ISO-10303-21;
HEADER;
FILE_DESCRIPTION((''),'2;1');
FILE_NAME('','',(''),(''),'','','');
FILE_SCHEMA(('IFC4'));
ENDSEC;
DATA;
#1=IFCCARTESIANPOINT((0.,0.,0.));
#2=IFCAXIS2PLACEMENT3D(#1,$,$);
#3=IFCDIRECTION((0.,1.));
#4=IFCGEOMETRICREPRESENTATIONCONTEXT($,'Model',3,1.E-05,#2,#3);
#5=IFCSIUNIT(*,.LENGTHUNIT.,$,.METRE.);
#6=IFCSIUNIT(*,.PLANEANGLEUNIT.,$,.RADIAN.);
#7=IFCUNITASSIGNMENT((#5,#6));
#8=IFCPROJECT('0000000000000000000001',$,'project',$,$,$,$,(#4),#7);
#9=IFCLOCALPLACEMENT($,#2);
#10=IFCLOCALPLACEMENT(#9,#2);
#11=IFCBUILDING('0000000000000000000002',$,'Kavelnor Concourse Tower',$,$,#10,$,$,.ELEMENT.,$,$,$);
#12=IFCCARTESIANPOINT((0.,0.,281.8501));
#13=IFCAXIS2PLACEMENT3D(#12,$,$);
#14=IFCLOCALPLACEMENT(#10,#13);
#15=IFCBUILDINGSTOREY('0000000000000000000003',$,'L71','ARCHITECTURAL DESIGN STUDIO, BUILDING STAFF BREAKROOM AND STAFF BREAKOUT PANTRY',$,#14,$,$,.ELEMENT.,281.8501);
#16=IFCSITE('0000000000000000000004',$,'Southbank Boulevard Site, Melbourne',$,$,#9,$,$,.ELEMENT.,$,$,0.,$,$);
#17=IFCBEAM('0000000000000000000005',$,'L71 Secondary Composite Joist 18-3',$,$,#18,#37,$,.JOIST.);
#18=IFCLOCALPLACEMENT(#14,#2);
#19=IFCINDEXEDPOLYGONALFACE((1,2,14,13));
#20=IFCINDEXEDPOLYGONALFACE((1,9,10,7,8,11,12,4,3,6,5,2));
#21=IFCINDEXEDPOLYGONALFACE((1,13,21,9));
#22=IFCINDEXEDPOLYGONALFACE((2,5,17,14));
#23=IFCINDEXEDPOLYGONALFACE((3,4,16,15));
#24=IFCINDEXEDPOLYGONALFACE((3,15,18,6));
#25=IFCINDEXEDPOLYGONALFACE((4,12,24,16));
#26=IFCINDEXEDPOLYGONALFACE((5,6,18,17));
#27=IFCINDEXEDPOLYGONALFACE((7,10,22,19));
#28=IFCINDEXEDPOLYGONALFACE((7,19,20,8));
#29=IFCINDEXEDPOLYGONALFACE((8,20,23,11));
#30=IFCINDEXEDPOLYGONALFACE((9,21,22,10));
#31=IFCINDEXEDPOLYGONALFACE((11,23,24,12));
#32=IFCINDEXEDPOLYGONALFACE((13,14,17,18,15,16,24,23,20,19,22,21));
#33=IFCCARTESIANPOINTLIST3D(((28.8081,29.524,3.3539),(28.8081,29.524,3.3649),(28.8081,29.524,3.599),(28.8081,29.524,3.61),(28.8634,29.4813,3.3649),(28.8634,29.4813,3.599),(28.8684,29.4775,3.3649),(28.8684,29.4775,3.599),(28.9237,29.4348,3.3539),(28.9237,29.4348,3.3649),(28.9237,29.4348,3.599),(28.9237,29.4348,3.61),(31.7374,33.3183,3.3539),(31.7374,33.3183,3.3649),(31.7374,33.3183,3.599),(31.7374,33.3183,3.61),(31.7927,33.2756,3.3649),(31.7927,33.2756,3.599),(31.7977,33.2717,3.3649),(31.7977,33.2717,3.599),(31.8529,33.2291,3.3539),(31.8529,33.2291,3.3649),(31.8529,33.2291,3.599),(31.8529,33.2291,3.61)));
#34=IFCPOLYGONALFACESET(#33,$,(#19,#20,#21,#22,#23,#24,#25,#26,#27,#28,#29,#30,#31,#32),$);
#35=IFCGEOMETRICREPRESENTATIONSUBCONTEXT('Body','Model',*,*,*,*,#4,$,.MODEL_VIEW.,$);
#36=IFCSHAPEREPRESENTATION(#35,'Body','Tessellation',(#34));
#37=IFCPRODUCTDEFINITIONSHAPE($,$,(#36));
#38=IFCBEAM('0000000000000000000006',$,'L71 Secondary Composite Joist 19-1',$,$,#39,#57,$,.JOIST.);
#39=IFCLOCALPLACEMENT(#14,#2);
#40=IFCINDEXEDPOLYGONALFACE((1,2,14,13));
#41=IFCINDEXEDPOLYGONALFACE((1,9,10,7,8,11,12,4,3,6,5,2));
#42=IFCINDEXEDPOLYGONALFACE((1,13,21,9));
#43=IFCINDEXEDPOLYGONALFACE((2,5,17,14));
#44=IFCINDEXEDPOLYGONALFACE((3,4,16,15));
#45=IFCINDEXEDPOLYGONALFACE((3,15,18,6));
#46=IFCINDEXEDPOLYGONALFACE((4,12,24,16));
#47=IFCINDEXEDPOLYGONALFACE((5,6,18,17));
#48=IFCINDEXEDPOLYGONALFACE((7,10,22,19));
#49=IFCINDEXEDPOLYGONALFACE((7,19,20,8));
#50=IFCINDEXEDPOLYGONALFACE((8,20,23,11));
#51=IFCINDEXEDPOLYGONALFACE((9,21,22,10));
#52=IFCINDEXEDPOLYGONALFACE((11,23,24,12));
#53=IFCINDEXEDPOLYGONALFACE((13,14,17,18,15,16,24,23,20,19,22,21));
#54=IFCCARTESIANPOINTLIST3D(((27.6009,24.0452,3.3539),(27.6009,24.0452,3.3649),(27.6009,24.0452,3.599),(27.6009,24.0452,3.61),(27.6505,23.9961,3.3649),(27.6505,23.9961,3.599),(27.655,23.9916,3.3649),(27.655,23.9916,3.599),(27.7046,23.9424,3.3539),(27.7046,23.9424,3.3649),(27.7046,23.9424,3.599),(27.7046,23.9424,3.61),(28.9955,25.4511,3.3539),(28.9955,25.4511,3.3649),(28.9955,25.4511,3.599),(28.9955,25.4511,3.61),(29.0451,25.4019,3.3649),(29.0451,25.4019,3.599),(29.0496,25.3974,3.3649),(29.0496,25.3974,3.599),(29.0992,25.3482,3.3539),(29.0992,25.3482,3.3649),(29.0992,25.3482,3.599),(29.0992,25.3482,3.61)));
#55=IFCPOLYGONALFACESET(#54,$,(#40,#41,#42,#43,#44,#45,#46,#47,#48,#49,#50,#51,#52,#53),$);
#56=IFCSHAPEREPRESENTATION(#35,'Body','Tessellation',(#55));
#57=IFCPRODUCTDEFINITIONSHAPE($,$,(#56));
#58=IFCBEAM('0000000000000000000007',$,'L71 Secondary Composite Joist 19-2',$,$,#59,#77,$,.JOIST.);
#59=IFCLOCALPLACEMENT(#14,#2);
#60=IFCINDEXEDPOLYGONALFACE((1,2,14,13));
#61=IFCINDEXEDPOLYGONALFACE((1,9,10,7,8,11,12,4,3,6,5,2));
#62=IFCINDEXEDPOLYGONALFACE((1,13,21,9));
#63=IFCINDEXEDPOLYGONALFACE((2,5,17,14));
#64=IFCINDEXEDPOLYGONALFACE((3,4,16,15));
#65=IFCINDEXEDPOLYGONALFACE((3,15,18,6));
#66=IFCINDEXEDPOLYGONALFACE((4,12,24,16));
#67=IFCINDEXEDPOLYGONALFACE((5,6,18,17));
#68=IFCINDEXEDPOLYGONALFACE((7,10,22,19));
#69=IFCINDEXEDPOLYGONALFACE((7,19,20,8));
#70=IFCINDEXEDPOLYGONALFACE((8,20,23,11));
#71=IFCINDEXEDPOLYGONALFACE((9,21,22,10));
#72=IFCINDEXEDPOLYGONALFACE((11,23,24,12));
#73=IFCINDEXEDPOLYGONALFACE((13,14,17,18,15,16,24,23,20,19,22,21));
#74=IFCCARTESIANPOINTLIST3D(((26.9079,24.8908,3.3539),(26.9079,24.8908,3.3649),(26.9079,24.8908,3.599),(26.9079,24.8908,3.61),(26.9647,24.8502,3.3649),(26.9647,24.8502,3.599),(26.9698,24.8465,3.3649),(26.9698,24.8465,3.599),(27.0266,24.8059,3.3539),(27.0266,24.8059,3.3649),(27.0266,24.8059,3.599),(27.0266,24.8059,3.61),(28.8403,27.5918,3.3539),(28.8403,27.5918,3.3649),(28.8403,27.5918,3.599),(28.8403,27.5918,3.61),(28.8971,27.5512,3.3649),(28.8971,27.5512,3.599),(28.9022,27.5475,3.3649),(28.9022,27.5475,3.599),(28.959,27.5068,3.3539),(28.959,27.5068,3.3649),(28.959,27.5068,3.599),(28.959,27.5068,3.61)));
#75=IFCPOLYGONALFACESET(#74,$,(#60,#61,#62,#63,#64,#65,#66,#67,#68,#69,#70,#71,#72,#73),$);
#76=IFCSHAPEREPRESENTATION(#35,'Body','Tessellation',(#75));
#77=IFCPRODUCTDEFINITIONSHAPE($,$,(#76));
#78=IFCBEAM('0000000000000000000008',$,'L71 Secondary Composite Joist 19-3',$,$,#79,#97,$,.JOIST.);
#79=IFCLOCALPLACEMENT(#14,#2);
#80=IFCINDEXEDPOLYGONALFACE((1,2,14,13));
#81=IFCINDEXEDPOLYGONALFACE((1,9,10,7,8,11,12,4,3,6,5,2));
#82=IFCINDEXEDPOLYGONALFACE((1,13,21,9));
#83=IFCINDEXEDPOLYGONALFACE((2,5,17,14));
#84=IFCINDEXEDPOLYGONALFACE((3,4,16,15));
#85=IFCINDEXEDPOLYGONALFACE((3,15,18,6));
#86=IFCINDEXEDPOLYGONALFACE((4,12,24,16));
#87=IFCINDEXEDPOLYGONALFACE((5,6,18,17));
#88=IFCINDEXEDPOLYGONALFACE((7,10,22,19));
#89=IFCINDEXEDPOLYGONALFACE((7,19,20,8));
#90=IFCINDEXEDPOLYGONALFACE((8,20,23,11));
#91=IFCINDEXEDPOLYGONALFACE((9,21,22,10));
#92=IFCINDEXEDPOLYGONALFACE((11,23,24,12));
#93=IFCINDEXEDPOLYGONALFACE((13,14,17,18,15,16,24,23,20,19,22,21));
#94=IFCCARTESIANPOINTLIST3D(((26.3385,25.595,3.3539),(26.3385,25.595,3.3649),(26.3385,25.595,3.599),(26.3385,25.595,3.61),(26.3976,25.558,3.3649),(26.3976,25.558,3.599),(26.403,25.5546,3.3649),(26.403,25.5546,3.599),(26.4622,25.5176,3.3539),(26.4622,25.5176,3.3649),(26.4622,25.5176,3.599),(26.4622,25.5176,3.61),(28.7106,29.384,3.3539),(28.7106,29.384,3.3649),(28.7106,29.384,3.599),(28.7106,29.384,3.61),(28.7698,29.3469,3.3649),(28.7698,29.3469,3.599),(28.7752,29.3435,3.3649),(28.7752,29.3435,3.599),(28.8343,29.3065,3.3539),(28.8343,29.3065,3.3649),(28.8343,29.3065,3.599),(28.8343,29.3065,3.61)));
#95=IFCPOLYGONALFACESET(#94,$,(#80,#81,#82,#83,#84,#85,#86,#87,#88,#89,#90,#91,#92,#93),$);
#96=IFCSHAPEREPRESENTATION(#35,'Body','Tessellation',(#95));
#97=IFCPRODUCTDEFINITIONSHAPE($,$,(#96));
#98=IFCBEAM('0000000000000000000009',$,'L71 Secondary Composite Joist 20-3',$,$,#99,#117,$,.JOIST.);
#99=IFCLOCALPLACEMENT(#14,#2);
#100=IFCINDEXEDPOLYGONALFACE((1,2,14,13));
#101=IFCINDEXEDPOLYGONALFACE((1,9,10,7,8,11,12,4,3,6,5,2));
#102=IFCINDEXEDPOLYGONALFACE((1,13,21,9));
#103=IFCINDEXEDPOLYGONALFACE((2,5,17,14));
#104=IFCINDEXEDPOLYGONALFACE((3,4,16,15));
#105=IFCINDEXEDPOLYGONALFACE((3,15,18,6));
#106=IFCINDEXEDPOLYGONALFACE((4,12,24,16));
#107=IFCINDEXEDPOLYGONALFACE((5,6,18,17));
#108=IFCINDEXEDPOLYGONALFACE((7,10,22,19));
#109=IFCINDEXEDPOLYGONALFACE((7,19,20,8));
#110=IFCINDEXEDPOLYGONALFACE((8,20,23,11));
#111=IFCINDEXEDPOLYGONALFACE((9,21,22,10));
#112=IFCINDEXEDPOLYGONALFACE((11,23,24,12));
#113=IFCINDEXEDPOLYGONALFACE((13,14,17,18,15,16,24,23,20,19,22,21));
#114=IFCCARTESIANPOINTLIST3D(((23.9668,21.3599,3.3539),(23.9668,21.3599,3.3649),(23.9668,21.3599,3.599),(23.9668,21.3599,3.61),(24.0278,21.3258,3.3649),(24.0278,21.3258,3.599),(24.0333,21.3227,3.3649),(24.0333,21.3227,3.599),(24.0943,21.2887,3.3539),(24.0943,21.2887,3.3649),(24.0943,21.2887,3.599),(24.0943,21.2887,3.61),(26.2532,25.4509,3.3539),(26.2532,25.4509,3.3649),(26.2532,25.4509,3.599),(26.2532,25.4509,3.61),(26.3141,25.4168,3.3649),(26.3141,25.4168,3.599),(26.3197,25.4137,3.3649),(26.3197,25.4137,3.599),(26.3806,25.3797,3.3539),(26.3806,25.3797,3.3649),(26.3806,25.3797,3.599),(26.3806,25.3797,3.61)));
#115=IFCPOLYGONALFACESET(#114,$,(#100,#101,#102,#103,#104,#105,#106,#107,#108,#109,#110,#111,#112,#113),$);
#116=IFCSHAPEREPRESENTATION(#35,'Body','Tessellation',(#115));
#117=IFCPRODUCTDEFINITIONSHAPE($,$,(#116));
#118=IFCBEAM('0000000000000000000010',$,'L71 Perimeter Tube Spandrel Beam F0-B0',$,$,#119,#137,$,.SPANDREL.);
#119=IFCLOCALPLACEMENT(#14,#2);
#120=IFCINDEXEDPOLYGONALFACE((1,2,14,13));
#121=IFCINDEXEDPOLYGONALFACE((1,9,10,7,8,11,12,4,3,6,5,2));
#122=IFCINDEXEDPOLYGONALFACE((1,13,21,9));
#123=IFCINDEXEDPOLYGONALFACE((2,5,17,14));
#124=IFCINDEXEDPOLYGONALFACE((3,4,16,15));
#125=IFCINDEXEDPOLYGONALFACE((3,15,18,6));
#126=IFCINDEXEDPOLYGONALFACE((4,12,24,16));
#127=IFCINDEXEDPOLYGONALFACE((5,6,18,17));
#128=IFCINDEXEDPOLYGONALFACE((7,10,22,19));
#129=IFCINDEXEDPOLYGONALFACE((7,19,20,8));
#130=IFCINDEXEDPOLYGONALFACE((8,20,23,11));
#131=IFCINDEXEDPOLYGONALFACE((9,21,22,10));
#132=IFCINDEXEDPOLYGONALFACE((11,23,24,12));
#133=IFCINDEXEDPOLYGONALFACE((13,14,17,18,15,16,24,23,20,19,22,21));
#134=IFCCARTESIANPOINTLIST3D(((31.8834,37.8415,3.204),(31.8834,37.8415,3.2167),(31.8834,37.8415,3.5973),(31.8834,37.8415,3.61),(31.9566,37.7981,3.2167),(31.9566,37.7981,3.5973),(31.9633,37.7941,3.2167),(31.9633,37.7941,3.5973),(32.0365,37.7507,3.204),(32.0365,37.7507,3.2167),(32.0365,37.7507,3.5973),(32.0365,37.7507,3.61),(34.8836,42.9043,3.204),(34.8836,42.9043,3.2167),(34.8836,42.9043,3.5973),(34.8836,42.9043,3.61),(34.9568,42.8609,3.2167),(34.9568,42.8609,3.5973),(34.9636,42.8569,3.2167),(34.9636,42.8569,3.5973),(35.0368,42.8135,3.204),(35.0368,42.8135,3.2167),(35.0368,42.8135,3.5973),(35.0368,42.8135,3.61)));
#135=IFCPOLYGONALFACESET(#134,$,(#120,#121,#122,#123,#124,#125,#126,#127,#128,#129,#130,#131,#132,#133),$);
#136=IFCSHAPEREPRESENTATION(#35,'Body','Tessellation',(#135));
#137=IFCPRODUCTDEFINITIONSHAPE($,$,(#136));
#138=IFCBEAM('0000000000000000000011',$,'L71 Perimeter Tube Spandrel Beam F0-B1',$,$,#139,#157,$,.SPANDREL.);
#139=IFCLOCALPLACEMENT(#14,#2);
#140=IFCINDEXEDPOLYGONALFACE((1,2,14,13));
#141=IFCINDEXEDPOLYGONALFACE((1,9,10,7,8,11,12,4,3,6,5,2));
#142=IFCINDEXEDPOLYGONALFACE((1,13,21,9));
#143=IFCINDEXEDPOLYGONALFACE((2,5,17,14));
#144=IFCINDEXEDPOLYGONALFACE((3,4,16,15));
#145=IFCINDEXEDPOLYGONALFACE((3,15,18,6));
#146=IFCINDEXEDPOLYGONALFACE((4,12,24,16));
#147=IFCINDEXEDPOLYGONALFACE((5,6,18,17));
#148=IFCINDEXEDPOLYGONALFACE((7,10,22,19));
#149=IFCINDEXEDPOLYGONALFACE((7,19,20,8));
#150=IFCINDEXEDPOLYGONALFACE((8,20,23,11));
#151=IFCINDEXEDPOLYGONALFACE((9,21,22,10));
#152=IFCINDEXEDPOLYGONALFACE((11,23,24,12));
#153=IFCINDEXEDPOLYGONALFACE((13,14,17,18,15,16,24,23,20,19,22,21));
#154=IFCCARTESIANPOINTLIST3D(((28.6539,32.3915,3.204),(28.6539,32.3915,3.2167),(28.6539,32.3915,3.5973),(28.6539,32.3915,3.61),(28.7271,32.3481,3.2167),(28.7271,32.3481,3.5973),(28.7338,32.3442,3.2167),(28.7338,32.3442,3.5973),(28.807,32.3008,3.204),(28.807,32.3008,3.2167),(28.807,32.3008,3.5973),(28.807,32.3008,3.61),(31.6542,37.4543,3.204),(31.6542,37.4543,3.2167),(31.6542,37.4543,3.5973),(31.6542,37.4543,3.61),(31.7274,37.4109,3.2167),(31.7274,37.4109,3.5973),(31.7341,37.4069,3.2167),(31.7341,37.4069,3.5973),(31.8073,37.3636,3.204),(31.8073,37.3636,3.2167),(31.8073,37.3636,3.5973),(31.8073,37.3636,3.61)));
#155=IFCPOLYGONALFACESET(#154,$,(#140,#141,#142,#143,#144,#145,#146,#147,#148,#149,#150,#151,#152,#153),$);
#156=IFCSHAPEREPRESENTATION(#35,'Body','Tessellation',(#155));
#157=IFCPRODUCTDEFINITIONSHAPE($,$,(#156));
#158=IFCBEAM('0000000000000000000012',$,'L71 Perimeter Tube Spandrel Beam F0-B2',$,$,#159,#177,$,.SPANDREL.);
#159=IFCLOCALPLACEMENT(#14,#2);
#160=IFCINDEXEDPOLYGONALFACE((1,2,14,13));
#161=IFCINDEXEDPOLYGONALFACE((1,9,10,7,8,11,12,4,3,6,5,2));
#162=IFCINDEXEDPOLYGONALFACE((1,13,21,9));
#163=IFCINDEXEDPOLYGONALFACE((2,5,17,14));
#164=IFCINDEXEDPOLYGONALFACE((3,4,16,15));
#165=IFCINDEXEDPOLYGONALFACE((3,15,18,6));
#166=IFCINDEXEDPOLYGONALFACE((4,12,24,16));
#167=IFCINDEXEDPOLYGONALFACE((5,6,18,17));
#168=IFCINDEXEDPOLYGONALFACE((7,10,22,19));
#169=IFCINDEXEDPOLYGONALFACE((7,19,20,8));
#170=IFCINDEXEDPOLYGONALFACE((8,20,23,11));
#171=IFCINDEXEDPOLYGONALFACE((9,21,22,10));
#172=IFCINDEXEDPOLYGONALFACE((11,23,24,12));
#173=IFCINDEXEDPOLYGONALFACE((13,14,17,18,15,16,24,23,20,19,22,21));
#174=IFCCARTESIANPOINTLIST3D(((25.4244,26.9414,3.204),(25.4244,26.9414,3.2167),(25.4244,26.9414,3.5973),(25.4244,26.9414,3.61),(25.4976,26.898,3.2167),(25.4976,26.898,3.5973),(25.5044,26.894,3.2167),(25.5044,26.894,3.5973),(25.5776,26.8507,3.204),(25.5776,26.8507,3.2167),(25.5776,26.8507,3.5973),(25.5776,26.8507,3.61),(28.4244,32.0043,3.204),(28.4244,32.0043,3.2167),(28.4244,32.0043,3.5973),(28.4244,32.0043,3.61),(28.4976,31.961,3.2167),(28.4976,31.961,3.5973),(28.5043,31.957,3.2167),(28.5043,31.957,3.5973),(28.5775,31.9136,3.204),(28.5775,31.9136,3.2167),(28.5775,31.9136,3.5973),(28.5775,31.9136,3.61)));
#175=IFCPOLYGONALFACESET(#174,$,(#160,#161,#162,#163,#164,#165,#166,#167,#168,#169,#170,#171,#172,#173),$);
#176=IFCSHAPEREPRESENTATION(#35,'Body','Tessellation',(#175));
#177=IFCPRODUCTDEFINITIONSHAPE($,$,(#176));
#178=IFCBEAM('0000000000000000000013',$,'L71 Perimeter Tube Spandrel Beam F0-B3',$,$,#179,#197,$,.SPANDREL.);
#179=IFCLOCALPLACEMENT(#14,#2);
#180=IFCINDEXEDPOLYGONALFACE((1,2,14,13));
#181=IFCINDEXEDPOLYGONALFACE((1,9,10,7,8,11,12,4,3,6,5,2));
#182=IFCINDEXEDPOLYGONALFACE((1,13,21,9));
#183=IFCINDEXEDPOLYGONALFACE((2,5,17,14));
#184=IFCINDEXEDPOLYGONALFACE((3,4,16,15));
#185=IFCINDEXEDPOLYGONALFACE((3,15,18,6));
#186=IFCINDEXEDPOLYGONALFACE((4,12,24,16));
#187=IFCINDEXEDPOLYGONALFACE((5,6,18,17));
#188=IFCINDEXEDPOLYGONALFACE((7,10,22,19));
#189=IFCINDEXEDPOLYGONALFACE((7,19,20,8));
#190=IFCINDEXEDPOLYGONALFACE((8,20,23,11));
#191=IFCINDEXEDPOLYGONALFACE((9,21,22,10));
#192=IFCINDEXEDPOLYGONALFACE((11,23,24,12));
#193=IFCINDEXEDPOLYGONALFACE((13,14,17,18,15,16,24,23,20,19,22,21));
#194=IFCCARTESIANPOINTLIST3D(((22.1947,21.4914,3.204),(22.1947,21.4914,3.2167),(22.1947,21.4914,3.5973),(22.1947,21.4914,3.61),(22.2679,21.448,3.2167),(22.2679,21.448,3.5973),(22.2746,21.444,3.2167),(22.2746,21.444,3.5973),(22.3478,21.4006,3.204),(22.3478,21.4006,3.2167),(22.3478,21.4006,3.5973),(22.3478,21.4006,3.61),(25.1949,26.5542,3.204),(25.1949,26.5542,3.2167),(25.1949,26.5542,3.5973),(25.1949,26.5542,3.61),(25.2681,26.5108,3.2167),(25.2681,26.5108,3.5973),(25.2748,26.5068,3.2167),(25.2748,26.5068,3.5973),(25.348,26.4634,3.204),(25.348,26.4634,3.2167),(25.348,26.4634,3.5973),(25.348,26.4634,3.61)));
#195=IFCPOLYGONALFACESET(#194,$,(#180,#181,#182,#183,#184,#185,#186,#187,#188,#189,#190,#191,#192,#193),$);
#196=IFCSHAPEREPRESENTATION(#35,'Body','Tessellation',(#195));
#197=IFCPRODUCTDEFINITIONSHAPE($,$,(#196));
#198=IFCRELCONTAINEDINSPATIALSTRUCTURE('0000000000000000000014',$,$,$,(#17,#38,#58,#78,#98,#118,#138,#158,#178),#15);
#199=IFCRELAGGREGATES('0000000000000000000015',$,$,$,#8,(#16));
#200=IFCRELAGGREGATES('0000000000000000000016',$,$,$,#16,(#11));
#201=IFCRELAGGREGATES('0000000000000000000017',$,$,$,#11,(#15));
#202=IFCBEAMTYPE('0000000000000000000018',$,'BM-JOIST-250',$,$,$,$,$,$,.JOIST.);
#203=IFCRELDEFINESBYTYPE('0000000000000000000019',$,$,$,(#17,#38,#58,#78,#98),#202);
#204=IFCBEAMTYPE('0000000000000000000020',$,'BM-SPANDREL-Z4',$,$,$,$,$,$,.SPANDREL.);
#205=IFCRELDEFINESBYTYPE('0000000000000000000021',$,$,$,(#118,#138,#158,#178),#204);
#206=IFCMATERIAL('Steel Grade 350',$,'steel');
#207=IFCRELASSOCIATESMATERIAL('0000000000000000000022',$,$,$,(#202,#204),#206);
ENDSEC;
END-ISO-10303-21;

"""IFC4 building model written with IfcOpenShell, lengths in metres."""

from ifc_helpers import new_model, si_unit, direction, frame, origin, origin_2d, place, context, subcontext, project, spatial, i_section, extrude, material, material_profile, profile_set, type_object, element, save


model = new_model("IFC4")

# Units and contexts
model_context = context("Model", 3, precision=1e-05, world=origin(), true_north=direction((0.0, 1.0)))
body_context = subcontext(model_context, "Body", "Model", "MODEL_VIEW")
ifc_project = project(units=[si_unit("LENGTHUNIT", "METRE"), si_unit("PLANEANGLEUNIT", "RADIAN")], contexts=[model_context])

# Site, building, storey
site_placement = place(None, origin())
site = spatial("IfcSite", under=ifc_project, at=site_placement, Name="Southbank Boulevard Site, Melbourne", CompositionType="ELEMENT", RefElevation=0.0)
building_placement = place(site_placement, origin())
building = spatial("IfcBuilding", under=site, at=building_placement, Name="Kavelnor Concourse Tower", CompositionType="ELEMENT")
storey_placement = place(building_placement, frame((0.0, 0.0, 281.8501)))
storey = spatial("IfcBuildingStorey", under=building, at=storey_placement, Name="L71", Description="ARCHITECTURAL DESIGN STUDIO, BUILDING STAFF BREAKROOM AND STAFF BREAKOUT PANTRY", CompositionType="ELEMENT", Elevation=281.8501)

# Shared definitions
ifc_material_1 = material(Name="Steel Grade 350", Category="steel")

# Beams
ifc_material_profile_1 = material_profile(ifc_material_1, i_section(OverallWidth=0.146, OverallDepth=0.2561, WebThickness=0.0063, FlangeThickness=0.011, at=origin_2d()), Name="250UB37")
ifc_profile_set_1 = profile_set([ifc_material_profile_1], Name="Steel Grade 350")
beam_type_1 = type_object("IfcBeamType", Name="BM-JOIST-250", PredefinedType="JOIST", material=ifc_profile_set_1)
beam_1_placement = place(storey_placement, frame((31.7952, 33.2737, 3.4819), z_axis=(-0.611098, -0.791555, 0.0), x_axis=(0.791555, -0.611098, 0.0)))
element("IfcBeam", 1, at=beam_1_placement, inside=storey, type_object=beam_type_1, Name="L71 Secondary Composite Joist 18-3", PredefinedType="JOIST", context=body_context, shape_type="SweptSolid", body=[
    extrude(i_section(OverallWidth=0.146, OverallDepth=0.2561, WebThickness=0.0063, FlangeThickness=0.011, at=origin_2d()), origin(), (0.0, 0.0, 1.0), 4.7935),
])
beam_2_placement = place(storey_placement, frame((29.0474, 25.3997, 3.4819), z_axis=(-0.704265, -0.709937, 0.0), x_axis=(0.709937, -0.704265, 0.0)))
element("IfcBeam", 2, at=beam_2_placement, inside=storey, type_object=beam_type_1, Name="L71 Secondary Composite Joist 19-1", PredefinedType="JOIST", context=body_context, shape_type="SweptSolid", body=[
    extrude(i_section(OverallWidth=0.146, OverallDepth=0.2561, WebThickness=0.0063, FlangeThickness=0.011, at=origin_2d()), origin(), (0.0, 0.0, 1.0), 1.9802),
])
beam_3_placement = place(storey_placement, frame((28.8997, 27.5493, 3.4819), z_axis=(-0.581864, -0.813286, 0.0), x_axis=(0.813286, -0.581864, 0.0)))
element("IfcBeam", 3, at=beam_3_placement, inside=storey, type_object=beam_type_1, Name="L71 Secondary Composite Joist 19-2", PredefinedType="JOIST", context=body_context, shape_type="SweptSolid", body=[
    extrude(i_section(OverallWidth=0.146, OverallDepth=0.2561, WebThickness=0.0063, FlangeThickness=0.011, at=origin_2d()), origin(), (0.0, 0.0, 1.0), 3.321),
])
beam_4_placement = place(storey_placement, frame((28.7725, 29.3452, 3.4819), z_axis=(-0.530652, -0.84759, 0.0), x_axis=(0.84759, -0.530652, 0.0)))
element("IfcBeam", 4, at=beam_4_placement, inside=storey, type_object=beam_type_1, Name="L71 Secondary Composite Joist 19-3", PredefinedType="JOIST", context=body_context, shape_type="SweptSolid", body=[
    extrude(i_section(OverallWidth=0.146, OverallDepth=0.2561, WebThickness=0.0063, FlangeThickness=0.011, at=origin_2d()), origin(), (0.0, 0.0, 1.0), 4.4702),
])
beam_5_placement = place(storey_placement, frame((26.3169, 25.4153, 3.4819), z_axis=(-0.487853, -0.872926, 0.0), x_axis=(0.872926, -0.487853, 0.0)))
element("IfcBeam", 5, at=beam_5_placement, inside=storey, type_object=beam_type_1, Name="L71 Secondary Composite Joist 20-3", PredefinedType="JOIST", context=body_context, shape_type="SweptSolid", body=[
    extrude(i_section(OverallWidth=0.146, OverallDepth=0.2561, WebThickness=0.0063, FlangeThickness=0.011, at=origin_2d()), origin(), (0.0, 0.0, 1.0), 4.6865),
])
ifc_material_profile_2 = material_profile(ifc_material_1, i_section(OverallWidth=0.178, OverallDepth=0.406, WebThickness=0.0078, FlangeThickness=0.0127, at=origin_2d()), Name="410UB59")
ifc_profile_set_2 = profile_set([ifc_material_profile_2], Name="Steel Grade 350")
beam_type_2 = type_object("IfcBeamType", Name="BM-SPANDREL-Z4", PredefinedType="SPANDREL", material=ifc_profile_set_2)
for number, where, z_axis, x_axis, name in (
    (6, (34.9602, 42.8589, 3.407), (-0.509815, -0.860284, 0.0), (0.860284, -0.509815, 0.0), "L71 Perimeter Tube Spandrel Beam F0-B0"),
    (7, (31.7307, 37.4089, 3.407), (-0.509815, -0.860284, 0.0), (0.860284, -0.509815, 0.0), "L71 Perimeter Tube Spandrel Beam F0-B1"),
    (8, (28.501, 31.959, 3.407), (-0.509766, -0.860313, 0.0), (0.860313, -0.509766, 0.0), "L71 Perimeter Tube Spandrel Beam F0-B2"),
    (9, (25.2715, 26.5088, 3.407), (-0.509815, -0.860284, 0.0), (0.860284, -0.509815, 0.0), "L71 Perimeter Tube Spandrel Beam F0-B3"),
):
    element("IfcBeam", number, at=place(storey_placement, frame(where, z_axis=z_axis, x_axis=x_axis)), inside=storey, type_object=beam_type_2, Name=name, PredefinedType="SPANDREL", context=body_context, shape_type="SweptSolid", body=[
        extrude(i_section(OverallWidth=0.178, OverallDepth=0.406, WebThickness=0.0078, FlangeThickness=0.0127, at=origin_2d()), origin(), (0.0, 0.0, 1.0), 5.885),
    ])

save(model, "model.ifc")
